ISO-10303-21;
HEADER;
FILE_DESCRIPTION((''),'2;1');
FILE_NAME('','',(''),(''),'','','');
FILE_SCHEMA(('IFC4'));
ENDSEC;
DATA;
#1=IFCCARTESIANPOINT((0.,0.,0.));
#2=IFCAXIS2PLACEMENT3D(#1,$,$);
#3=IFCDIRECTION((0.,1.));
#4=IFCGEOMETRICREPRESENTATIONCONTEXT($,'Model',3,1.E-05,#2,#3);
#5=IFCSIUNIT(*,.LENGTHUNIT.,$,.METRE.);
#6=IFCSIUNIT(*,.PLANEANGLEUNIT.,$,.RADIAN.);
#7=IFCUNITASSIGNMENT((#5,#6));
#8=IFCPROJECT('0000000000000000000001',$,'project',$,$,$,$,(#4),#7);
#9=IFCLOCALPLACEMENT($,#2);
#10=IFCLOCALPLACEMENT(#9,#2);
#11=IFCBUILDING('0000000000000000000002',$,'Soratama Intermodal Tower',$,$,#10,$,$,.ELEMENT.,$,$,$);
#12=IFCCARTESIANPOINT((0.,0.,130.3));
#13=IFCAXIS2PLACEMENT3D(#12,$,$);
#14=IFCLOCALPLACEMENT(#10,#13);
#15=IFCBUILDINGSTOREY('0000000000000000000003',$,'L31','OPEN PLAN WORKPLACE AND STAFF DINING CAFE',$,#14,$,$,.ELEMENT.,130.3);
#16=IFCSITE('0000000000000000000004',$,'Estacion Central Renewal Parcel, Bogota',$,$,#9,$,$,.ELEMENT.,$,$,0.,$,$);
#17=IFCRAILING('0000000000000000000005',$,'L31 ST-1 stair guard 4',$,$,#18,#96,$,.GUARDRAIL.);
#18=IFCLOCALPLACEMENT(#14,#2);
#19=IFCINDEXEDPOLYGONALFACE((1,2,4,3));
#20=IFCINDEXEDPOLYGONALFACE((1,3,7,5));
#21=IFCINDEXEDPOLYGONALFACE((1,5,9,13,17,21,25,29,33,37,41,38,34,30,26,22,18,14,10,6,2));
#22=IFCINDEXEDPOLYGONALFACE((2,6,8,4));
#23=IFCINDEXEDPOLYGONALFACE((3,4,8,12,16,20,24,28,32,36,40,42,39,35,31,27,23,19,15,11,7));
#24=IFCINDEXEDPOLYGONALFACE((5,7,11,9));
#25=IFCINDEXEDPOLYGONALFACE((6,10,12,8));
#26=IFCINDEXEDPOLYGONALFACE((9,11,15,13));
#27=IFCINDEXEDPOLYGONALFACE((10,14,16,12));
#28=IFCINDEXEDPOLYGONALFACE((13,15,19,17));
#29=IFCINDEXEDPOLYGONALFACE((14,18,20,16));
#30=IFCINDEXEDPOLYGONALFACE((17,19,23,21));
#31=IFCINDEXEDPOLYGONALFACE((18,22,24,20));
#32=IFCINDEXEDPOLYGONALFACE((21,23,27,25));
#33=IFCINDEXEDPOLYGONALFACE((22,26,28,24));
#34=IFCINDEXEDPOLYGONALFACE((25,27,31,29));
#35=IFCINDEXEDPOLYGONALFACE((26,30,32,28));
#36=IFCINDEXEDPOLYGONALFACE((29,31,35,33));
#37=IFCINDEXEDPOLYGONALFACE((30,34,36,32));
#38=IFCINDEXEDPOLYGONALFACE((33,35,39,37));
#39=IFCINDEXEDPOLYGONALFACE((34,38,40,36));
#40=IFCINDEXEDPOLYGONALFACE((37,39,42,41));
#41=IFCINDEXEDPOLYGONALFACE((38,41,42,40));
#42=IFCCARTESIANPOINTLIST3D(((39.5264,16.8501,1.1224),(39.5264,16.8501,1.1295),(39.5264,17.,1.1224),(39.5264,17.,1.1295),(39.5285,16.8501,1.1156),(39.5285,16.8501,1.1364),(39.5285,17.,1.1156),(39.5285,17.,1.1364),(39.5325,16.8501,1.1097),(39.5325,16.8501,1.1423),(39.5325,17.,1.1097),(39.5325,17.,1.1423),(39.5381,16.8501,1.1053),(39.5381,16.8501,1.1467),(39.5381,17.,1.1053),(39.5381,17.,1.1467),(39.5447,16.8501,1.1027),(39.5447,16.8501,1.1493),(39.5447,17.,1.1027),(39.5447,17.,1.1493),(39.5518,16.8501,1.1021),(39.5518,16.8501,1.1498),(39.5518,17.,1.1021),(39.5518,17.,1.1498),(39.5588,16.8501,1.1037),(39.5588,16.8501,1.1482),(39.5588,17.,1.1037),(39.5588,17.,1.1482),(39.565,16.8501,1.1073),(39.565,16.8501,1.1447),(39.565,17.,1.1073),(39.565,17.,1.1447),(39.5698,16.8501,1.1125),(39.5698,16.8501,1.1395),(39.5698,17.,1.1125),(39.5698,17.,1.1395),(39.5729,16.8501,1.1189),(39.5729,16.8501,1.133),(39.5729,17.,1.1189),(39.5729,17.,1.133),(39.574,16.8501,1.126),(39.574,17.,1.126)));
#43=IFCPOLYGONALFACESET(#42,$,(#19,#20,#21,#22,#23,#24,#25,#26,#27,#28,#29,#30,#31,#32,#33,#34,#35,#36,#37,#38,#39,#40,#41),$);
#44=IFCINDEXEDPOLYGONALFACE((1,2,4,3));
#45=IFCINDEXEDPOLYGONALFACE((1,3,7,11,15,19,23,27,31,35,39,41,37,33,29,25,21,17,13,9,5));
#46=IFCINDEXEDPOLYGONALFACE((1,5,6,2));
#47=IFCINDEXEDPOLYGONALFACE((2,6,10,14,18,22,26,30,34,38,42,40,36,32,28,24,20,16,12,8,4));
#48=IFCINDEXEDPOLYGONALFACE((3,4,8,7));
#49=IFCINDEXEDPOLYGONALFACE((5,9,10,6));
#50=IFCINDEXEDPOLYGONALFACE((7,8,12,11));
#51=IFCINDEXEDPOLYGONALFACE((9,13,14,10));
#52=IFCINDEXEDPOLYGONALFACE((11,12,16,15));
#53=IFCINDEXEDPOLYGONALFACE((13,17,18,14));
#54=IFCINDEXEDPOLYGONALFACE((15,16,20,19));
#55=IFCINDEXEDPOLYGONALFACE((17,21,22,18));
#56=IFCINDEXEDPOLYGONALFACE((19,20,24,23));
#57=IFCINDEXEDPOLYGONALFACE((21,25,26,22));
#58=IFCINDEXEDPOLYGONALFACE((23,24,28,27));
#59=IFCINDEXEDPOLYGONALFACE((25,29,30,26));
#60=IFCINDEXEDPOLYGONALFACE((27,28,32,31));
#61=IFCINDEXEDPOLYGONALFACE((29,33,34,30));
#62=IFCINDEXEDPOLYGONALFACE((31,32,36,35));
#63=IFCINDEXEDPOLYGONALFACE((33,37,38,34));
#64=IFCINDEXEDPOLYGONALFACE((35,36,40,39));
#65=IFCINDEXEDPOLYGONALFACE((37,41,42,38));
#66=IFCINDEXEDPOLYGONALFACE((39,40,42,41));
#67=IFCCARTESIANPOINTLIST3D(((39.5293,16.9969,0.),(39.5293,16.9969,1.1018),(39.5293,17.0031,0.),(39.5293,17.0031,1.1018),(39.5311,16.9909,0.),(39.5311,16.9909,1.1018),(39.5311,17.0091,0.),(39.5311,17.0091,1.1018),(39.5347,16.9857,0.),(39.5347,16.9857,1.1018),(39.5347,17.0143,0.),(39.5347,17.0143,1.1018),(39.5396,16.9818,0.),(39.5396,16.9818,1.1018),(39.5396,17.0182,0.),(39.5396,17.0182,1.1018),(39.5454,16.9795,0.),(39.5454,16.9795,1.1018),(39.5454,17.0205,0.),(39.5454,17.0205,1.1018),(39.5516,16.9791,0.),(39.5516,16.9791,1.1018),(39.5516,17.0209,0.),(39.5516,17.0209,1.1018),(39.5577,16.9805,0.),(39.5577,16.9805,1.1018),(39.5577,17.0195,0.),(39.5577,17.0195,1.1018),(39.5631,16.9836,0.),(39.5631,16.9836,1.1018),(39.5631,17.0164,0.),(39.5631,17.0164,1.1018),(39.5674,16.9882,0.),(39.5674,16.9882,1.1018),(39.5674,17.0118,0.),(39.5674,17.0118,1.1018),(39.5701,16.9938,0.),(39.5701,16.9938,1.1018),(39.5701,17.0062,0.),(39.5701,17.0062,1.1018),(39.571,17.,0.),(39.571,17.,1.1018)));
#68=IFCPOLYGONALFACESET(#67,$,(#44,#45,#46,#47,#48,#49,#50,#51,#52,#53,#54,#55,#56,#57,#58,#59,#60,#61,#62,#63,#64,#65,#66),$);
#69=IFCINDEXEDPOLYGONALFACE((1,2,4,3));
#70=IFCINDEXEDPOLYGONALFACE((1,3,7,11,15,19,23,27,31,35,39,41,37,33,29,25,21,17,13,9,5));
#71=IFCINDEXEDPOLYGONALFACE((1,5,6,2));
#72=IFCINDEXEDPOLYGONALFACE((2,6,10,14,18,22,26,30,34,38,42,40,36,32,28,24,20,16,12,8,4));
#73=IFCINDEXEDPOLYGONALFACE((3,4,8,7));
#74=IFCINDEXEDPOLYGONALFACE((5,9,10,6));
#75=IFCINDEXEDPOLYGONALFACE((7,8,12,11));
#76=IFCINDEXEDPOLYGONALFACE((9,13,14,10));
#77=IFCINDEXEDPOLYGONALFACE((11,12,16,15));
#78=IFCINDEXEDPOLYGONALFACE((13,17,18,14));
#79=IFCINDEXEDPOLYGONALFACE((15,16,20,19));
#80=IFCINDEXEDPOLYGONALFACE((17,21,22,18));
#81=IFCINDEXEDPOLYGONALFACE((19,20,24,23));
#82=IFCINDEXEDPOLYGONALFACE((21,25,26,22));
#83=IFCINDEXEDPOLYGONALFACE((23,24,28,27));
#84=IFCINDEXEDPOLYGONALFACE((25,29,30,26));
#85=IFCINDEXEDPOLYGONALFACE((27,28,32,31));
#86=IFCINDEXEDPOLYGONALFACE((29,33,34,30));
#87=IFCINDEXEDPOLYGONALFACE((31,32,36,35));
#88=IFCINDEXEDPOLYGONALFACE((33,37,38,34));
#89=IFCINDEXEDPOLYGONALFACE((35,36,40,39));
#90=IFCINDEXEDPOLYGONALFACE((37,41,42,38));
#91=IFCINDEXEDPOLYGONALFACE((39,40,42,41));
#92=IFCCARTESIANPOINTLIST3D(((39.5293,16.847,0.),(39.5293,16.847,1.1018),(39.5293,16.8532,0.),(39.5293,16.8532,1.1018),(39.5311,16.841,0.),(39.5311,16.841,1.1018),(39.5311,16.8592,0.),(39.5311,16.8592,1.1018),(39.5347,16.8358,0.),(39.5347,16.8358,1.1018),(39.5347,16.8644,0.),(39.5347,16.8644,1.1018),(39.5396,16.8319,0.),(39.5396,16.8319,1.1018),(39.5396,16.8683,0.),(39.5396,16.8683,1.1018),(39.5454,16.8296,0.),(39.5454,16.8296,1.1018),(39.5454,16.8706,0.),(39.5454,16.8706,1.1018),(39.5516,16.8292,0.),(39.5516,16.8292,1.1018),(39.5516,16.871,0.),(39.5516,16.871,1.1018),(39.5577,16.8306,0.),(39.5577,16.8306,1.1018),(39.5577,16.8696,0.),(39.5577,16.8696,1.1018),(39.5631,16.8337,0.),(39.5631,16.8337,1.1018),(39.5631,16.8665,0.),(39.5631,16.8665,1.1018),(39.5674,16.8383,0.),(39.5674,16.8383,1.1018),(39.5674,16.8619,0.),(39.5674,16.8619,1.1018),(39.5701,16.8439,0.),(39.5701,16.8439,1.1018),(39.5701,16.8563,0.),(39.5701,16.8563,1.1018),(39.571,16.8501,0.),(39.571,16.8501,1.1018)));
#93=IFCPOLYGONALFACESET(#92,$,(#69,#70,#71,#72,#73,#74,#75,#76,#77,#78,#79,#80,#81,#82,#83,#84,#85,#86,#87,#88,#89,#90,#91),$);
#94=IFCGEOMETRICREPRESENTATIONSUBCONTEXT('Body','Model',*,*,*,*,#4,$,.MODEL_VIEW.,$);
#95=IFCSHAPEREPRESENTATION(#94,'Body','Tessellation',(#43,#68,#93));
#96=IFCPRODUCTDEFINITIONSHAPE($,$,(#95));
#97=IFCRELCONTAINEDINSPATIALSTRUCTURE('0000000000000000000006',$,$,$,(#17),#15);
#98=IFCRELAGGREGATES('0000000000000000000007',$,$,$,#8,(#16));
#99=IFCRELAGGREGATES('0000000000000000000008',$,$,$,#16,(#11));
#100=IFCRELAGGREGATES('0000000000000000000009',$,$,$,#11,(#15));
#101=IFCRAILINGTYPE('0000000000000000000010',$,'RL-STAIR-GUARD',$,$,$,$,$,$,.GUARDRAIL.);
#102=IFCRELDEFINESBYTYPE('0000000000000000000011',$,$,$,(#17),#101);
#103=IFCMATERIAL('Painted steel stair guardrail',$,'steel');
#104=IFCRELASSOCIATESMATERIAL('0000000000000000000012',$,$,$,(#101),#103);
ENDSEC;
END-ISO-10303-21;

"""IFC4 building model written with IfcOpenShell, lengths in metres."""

from ifc_helpers import new_model, si_unit, direction, frame, origin, origin_2d, place, context, subcontext, project, spatial, circle, extrude, material, type_object, element, save


model = new_model("IFC4")

# Units and contexts
model_context = context("Model", 3, precision=1e-05, world=origin(), true_north=direction((0.0, 1.0)))
body_context = subcontext(model_context, "Body", "Model", "MODEL_VIEW")
ifc_project = project(units=[si_unit("LENGTHUNIT", "METRE"), si_unit("PLANEANGLEUNIT", "RADIAN")], contexts=[model_context])

# Site, building, storey
site_placement = place(None, origin())
site = spatial("IfcSite", under=ifc_project, at=site_placement, Name="Estacion Central Renewal Parcel, Bogota", CompositionType="ELEMENT", RefElevation=0.0)
building_placement = place(site_placement, origin())
building = spatial("IfcBuilding", under=site, at=building_placement, Name="Soratama Intermodal Tower", CompositionType="ELEMENT")
storey_placement = place(building_placement, frame((0.0, 0.0, 130.3)))
storey = spatial("IfcBuildingStorey", under=building, at=storey_placement, Name="L31", Description="OPEN PLAN WORKPLACE AND STAFF DINING CAFE", CompositionType="ELEMENT", Elevation=130.3)

# Railing
ifc_material_1 = material(Name="Painted steel stair guardrail", Category="steel")
railing_type = type_object("IfcRailingType", Name="RL-STAIR-GUARD", PredefinedType="GUARDRAIL", material=ifc_material_1)
railing_placement = place(storey_placement, frame((39.55, 17.0, 0.0)))
element("IfcRailing", 1, at=railing_placement, inside=storey, type_object=railing_type, Name="L31 ST-1 stair guard 4", PredefinedType="GUARDRAIL", context=body_context, shape_type="SweptSolid", body=[
    extrude(circle(Radius=0.0239, at=origin_2d()), frame((0.0, 0.0, 1.126), z_axis=(0.0, -1.0, 0.0), x_axis=(1.0, 0.0, 0.0)), (0.0, 0.0, 1.0), 0.1499),
    extrude(circle(Radius=0.021, at=origin_2d()), origin(), (0.0, 0.0, 1.0), 1.1018),
    extrude(circle(Radius=0.021, at=origin_2d()), frame((0.0, -0.1499, 0.0)), (0.0, 0.0, 1.0), 1.1018),
])

save(model, "model.ifc")
